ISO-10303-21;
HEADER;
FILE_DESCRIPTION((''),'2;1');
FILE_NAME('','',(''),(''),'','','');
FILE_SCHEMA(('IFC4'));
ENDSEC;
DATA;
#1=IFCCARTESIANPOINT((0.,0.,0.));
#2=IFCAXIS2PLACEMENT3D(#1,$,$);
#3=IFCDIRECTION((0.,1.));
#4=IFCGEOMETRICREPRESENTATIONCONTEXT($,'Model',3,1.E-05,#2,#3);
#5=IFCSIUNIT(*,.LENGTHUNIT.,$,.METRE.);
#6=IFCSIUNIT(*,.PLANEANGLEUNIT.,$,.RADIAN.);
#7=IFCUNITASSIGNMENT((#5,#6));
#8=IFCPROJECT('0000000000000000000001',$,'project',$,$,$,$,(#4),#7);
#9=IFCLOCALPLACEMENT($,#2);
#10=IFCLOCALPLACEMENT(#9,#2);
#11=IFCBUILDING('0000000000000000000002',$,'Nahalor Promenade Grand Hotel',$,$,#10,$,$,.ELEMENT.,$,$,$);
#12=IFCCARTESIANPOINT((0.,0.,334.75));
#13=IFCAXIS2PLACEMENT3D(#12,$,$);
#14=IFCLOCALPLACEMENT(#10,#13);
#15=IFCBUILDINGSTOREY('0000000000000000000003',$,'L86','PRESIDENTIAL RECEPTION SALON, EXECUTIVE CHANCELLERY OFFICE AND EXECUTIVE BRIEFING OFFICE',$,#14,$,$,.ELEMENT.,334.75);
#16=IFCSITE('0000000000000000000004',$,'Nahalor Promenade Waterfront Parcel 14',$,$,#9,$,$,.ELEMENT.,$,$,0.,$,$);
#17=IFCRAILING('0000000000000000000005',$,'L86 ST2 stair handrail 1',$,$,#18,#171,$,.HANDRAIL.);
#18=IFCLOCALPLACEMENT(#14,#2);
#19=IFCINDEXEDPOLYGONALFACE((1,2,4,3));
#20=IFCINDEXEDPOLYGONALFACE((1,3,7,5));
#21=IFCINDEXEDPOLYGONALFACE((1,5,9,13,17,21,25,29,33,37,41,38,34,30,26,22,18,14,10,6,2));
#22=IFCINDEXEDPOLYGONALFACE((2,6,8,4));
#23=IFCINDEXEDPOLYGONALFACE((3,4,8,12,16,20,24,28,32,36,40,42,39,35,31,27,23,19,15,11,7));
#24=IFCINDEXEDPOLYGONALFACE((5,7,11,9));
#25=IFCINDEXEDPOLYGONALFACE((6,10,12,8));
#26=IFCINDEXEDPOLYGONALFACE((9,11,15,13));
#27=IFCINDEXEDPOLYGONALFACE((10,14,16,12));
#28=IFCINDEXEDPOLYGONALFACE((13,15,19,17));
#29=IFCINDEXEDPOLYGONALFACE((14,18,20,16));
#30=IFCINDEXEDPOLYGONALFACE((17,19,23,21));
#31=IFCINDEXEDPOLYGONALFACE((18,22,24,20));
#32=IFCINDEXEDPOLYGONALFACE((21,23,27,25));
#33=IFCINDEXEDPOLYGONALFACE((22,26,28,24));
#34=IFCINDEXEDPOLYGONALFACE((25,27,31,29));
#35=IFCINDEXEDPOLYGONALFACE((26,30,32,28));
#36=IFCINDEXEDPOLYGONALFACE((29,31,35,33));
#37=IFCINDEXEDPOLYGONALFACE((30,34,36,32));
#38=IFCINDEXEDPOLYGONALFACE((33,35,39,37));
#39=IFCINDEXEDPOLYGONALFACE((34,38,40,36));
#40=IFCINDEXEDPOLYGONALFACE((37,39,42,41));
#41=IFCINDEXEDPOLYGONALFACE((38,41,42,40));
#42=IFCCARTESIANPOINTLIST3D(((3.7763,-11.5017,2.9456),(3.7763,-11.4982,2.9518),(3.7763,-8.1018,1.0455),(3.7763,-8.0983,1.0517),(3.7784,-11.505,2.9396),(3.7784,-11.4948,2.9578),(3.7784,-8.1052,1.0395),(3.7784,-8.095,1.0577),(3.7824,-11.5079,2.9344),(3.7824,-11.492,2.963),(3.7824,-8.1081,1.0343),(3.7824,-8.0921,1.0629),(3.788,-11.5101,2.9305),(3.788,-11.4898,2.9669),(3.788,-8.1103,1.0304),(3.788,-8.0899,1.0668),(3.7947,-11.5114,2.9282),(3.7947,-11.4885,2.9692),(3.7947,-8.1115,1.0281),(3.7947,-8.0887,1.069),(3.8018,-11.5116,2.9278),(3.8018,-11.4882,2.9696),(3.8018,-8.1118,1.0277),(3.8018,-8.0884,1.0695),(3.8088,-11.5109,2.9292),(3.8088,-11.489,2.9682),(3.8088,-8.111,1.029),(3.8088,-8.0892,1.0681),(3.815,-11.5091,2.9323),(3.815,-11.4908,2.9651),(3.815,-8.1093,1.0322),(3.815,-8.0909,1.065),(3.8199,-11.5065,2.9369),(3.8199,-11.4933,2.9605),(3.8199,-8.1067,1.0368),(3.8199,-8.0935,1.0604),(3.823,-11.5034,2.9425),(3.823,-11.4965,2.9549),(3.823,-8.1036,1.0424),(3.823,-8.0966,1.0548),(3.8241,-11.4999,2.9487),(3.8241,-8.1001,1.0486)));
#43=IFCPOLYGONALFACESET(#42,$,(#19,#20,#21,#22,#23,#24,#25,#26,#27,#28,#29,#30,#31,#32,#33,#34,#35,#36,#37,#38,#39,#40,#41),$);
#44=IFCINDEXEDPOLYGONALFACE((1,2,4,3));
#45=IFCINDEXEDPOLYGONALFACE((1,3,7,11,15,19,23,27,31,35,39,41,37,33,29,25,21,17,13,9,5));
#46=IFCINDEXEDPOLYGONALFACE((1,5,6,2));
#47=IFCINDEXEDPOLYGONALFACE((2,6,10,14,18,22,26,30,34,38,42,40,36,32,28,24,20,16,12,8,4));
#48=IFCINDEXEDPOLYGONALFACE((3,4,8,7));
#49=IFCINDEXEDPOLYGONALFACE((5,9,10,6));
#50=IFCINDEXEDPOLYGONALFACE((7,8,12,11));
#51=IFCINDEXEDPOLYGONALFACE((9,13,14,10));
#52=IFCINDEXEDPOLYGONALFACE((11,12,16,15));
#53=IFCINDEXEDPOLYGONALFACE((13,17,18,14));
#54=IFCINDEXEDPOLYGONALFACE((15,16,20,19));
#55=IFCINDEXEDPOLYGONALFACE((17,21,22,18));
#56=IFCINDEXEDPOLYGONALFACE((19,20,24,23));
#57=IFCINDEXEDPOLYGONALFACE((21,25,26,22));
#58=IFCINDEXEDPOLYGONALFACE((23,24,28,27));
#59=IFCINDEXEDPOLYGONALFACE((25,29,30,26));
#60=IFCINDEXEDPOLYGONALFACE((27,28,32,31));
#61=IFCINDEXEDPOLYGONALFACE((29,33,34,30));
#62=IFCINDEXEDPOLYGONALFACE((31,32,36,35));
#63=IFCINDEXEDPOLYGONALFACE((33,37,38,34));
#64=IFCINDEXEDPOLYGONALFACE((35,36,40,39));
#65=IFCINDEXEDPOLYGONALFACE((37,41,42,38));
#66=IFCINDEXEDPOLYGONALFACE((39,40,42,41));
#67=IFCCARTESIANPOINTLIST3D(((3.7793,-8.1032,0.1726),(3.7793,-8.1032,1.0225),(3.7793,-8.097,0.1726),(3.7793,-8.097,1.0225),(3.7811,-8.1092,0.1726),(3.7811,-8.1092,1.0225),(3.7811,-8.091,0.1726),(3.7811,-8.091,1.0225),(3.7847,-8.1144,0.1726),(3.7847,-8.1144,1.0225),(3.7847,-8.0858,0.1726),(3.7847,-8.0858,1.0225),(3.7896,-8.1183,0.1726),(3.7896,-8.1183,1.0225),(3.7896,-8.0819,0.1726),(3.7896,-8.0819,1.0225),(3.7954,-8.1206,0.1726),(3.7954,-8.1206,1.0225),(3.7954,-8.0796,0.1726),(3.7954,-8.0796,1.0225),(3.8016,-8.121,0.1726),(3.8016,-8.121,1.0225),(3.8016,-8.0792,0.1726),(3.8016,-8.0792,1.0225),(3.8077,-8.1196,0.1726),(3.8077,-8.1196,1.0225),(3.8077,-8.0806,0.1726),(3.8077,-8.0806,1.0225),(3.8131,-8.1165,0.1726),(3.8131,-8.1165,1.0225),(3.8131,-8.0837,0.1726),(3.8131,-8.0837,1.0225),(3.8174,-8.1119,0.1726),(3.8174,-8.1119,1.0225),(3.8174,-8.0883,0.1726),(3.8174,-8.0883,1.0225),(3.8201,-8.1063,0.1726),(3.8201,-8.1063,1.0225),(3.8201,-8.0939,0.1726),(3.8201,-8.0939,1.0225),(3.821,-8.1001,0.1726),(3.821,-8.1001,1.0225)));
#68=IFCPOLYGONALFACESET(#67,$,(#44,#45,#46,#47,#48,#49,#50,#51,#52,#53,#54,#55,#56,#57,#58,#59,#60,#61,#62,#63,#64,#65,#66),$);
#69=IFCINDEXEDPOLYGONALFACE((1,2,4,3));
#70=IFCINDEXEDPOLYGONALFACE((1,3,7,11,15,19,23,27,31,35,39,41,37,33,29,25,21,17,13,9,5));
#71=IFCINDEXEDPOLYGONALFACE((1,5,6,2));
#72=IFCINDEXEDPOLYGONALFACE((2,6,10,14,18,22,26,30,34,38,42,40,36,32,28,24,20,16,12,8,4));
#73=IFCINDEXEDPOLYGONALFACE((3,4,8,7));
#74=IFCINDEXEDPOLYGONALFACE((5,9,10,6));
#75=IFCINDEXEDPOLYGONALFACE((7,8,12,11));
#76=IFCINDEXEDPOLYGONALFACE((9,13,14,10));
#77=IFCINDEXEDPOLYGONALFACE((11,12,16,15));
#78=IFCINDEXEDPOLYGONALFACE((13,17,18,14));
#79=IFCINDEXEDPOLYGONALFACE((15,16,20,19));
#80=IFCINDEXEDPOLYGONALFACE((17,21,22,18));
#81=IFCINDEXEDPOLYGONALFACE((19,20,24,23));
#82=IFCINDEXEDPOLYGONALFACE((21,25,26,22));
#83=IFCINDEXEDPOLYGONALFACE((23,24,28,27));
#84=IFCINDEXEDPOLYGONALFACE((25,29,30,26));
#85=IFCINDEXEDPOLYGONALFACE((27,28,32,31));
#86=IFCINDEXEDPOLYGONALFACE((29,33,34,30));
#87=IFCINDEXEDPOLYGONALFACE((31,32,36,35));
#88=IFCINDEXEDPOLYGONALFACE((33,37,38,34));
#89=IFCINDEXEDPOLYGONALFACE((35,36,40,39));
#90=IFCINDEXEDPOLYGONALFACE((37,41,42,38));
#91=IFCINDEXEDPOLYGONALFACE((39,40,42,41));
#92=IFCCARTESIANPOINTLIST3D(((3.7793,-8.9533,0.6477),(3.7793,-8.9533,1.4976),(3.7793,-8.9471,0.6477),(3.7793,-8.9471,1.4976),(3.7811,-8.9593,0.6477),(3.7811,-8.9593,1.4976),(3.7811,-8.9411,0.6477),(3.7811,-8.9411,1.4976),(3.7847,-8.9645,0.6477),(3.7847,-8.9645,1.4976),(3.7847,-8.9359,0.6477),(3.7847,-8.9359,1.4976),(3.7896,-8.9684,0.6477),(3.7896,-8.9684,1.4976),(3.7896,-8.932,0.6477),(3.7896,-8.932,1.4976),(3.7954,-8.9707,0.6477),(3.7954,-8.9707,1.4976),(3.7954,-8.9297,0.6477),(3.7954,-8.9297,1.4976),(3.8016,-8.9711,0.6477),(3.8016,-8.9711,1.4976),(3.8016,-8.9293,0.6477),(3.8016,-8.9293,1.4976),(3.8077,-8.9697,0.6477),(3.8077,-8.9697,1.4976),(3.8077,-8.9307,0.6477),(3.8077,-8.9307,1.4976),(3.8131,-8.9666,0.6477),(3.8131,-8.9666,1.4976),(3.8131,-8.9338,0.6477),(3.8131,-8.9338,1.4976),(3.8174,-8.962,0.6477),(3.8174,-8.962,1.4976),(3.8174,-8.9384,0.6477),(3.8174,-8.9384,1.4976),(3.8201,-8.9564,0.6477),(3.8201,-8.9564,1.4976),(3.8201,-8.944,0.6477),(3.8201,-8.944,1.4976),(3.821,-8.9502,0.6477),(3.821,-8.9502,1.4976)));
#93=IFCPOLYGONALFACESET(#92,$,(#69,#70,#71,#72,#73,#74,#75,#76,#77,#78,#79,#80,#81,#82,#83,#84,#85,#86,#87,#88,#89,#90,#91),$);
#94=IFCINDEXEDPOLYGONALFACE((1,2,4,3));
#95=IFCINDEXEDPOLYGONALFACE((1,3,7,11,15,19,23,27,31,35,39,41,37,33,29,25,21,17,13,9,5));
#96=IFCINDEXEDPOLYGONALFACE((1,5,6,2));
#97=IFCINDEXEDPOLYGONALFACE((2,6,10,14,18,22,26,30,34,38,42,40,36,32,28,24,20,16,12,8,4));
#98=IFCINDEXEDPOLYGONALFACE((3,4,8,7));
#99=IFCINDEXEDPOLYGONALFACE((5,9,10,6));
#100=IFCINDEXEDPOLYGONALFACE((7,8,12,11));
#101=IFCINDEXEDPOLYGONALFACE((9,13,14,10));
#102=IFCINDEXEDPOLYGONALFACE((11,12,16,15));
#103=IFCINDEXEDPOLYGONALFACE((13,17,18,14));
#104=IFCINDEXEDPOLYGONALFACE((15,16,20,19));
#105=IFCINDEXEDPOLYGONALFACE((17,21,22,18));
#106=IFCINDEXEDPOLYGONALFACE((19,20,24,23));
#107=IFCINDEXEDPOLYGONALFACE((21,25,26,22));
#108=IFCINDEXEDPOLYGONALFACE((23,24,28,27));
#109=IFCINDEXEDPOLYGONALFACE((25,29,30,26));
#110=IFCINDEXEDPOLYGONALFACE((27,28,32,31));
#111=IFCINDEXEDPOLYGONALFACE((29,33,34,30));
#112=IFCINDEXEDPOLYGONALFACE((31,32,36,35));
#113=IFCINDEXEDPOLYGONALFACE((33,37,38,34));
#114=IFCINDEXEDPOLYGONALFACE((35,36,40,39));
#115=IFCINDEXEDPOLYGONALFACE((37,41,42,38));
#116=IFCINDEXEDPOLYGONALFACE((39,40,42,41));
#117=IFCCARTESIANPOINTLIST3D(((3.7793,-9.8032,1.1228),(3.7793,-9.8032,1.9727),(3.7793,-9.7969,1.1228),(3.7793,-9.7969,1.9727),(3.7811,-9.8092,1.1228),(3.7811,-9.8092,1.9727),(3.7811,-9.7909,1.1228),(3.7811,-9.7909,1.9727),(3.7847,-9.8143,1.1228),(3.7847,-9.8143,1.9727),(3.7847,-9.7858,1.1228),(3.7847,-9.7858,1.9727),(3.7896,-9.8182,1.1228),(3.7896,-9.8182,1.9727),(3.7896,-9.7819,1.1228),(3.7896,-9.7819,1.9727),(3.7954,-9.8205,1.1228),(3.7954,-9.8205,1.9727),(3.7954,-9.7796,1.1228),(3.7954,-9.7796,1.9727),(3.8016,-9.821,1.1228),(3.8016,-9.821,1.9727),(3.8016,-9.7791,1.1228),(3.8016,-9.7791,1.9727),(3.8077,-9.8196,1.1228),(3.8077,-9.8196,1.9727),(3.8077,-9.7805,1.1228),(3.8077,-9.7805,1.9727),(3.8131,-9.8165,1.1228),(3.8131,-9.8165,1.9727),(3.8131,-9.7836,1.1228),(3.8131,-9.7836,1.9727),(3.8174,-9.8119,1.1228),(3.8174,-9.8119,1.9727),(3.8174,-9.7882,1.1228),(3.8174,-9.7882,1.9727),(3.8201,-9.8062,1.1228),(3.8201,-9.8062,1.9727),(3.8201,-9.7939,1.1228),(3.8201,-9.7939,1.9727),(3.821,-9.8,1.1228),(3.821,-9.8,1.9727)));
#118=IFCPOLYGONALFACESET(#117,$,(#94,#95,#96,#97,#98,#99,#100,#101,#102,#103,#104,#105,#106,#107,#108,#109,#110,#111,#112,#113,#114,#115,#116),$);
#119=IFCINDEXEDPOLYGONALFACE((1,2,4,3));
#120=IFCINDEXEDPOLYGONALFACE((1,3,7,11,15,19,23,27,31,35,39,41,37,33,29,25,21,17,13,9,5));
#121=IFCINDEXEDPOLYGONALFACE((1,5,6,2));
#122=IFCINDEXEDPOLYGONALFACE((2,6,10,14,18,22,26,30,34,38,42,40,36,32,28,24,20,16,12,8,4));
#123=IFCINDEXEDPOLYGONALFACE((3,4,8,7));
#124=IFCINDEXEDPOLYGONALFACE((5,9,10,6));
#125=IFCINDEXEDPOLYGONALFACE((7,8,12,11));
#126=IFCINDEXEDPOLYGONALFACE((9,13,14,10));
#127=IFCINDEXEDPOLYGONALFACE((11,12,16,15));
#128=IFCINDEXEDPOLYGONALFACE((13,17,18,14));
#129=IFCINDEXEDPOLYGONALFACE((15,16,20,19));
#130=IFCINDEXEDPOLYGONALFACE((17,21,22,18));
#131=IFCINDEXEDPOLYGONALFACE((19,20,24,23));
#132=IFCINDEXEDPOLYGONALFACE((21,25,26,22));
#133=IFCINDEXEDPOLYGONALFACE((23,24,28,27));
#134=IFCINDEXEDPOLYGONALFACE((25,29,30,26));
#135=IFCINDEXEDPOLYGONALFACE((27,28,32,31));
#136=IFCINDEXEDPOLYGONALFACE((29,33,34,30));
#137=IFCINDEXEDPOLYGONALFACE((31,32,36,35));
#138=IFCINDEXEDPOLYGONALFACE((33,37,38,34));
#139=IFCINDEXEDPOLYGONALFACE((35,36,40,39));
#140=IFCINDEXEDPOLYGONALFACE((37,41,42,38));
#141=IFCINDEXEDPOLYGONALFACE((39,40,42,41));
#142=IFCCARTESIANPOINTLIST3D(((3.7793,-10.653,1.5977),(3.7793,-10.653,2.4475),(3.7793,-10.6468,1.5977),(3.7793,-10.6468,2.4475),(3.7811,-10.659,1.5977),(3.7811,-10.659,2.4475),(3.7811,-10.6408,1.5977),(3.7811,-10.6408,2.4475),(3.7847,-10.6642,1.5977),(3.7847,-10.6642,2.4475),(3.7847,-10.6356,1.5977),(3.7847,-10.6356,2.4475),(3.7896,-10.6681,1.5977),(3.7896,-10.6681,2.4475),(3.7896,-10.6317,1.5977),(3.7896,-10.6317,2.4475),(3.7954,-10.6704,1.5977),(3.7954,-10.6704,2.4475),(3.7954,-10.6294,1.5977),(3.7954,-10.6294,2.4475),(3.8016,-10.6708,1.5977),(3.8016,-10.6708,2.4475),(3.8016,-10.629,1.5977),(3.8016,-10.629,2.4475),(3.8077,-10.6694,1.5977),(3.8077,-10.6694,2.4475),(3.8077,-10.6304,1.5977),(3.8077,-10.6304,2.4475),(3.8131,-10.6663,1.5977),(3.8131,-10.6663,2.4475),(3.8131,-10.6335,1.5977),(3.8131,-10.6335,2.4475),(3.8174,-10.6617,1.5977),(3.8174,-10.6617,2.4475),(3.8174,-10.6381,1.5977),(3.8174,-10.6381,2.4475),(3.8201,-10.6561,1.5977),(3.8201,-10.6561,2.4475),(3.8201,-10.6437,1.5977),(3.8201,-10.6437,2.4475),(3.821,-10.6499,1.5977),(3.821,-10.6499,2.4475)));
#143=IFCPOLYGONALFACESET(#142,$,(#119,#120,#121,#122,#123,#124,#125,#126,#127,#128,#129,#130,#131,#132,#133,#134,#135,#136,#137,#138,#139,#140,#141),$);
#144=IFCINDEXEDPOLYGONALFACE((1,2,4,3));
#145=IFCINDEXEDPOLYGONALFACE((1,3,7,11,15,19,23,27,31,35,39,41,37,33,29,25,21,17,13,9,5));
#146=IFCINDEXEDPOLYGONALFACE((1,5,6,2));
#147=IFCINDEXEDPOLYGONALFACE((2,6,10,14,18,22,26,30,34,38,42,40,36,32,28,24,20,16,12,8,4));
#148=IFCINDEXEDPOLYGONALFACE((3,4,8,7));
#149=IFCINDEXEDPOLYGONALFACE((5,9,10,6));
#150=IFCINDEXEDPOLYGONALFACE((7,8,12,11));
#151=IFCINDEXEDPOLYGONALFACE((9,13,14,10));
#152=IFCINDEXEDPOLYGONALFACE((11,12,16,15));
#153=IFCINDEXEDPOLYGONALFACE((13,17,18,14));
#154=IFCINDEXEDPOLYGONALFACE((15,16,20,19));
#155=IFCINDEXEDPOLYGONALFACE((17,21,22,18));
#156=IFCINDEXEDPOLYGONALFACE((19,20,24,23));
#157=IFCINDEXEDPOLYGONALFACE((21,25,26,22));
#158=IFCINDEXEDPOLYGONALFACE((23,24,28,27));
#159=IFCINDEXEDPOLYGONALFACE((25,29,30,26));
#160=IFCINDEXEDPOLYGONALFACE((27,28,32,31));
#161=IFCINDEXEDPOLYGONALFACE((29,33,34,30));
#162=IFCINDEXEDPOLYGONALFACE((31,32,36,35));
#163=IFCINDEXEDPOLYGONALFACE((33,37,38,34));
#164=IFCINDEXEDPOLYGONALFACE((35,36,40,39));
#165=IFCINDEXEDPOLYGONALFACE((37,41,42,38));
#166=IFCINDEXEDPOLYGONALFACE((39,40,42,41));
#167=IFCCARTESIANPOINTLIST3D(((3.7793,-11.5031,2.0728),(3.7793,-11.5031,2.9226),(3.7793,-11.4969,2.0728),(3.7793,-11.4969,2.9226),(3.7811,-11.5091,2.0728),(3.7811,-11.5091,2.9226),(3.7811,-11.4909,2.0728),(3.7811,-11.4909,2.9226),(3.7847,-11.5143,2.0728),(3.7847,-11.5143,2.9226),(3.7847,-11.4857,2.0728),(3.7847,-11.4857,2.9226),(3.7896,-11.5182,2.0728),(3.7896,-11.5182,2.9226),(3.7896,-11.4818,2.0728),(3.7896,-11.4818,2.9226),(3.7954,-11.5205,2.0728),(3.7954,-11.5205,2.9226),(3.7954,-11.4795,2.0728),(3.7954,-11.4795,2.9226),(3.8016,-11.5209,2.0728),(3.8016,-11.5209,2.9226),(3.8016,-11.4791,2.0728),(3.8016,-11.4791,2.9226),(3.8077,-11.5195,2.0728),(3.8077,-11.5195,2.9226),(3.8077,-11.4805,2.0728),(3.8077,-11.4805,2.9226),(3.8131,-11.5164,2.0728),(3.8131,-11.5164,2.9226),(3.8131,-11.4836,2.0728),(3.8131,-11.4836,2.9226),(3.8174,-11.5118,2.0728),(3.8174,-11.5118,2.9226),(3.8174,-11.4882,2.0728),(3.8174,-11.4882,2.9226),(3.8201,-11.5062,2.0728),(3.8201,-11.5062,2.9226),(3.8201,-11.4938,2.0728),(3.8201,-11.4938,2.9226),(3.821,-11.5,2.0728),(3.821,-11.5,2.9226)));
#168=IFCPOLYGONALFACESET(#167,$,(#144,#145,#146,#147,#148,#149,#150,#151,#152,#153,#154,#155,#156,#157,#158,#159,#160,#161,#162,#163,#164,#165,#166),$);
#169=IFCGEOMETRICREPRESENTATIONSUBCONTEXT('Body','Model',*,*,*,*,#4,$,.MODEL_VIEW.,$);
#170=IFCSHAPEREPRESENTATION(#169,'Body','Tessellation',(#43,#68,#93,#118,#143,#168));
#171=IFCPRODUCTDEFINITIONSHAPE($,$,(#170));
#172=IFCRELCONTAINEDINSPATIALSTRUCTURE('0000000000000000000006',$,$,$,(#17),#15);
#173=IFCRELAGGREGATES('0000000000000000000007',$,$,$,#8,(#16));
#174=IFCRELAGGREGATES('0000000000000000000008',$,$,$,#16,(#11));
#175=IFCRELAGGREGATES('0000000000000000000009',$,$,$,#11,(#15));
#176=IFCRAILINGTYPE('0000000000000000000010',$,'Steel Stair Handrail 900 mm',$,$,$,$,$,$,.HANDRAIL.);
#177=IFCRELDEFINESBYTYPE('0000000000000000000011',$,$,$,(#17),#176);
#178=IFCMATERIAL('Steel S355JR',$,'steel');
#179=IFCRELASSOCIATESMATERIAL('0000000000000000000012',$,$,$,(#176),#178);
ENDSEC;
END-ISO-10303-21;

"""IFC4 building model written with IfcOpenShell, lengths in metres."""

from ifc_helpers import new_model, si_unit, direction, frame, origin, origin_2d, place, context, subcontext, project, spatial, circle, extrude, material, type_object, element, save


model = new_model("IFC4")

# Units and contexts
model_context = context("Model", 3, precision=1e-05, world=origin(), true_north=direction((0.0, 1.0)))
body_context = subcontext(model_context, "Body", "Model", "MODEL_VIEW")
ifc_project = project(units=[si_unit("LENGTHUNIT", "METRE"), si_unit("PLANEANGLEUNIT", "RADIAN")], contexts=[model_context])

# Site, building, storey
site_placement = place(None, origin())
site = spatial("IfcSite", under=ifc_project, at=site_placement, Name="Nahalor Promenade Waterfront Parcel 14", CompositionType="ELEMENT", RefElevation=0.0)
building_placement = place(site_placement, origin())
building = spatial("IfcBuilding", under=site, at=building_placement, Name="Nahalor Promenade Grand Hotel", CompositionType="ELEMENT")
storey_placement = place(building_placement, frame((0.0, 0.0, 334.75)))
storey = spatial("IfcBuildingStorey", under=building, at=storey_placement, Name="L86", Description="PRESIDENTIAL RECEPTION SALON, EXECUTIVE CHANCELLERY OFFICE AND EXECUTIVE BRIEFING OFFICE", CompositionType="ELEMENT", Elevation=334.75)

# Shared definitions
ifc_material_1 = material(Name="Steel S355JR", Category="steel")

# Railing
railing_type_1 = type_object("IfcRailingType", Name="Steel Stair Handrail 900 mm", PredefinedType="HANDRAIL", material=ifc_material_1)
railing_1_placement = place(storey_placement, frame((3.8, -8.1001, 0.1726)))
element("IfcRailing", 1, at=railing_1_placement, inside=storey, type_object=railing_type_1, Name="L86 ST2 stair handrail 1", PredefinedType="HANDRAIL", context=body_context, shape_type="SweptSolid", body=[
    extrude(circle(Radius=0.024, at=origin_2d()), frame((0.0, 0.0, 0.876), z_axis=(0.0, -0.872921, 0.487861), x_axis=(1.0, 0.0, 0.0)), (0.0, 0.0, 1.0), 3.8948),
    extrude(circle(Radius=0.021, at=origin_2d()), origin(), (0.0, 0.0, 1.0), 0.8499),
    extrude(circle(Radius=0.021, at=origin_2d()), frame((0.0, -0.8501, 0.4751)), (0.0, 0.0, 1.0), 0.8499),
    extrude(circle(Radius=0.021, at=origin_2d()), frame((0.0, -1.7, 0.9502)), (0.0, 0.0, 1.0), 0.8499),
    extrude(circle(Radius=0.021, at=origin_2d()), frame((0.0, -2.5498, 1.425)), (0.0, 0.0, 1.0), 0.8499),
    extrude(circle(Radius=0.021, at=origin_2d()), frame((0.0, -3.3999, 1.9001)), (0.0, 0.0, 1.0), 0.8499),
])

save(model, "model.ifc")
